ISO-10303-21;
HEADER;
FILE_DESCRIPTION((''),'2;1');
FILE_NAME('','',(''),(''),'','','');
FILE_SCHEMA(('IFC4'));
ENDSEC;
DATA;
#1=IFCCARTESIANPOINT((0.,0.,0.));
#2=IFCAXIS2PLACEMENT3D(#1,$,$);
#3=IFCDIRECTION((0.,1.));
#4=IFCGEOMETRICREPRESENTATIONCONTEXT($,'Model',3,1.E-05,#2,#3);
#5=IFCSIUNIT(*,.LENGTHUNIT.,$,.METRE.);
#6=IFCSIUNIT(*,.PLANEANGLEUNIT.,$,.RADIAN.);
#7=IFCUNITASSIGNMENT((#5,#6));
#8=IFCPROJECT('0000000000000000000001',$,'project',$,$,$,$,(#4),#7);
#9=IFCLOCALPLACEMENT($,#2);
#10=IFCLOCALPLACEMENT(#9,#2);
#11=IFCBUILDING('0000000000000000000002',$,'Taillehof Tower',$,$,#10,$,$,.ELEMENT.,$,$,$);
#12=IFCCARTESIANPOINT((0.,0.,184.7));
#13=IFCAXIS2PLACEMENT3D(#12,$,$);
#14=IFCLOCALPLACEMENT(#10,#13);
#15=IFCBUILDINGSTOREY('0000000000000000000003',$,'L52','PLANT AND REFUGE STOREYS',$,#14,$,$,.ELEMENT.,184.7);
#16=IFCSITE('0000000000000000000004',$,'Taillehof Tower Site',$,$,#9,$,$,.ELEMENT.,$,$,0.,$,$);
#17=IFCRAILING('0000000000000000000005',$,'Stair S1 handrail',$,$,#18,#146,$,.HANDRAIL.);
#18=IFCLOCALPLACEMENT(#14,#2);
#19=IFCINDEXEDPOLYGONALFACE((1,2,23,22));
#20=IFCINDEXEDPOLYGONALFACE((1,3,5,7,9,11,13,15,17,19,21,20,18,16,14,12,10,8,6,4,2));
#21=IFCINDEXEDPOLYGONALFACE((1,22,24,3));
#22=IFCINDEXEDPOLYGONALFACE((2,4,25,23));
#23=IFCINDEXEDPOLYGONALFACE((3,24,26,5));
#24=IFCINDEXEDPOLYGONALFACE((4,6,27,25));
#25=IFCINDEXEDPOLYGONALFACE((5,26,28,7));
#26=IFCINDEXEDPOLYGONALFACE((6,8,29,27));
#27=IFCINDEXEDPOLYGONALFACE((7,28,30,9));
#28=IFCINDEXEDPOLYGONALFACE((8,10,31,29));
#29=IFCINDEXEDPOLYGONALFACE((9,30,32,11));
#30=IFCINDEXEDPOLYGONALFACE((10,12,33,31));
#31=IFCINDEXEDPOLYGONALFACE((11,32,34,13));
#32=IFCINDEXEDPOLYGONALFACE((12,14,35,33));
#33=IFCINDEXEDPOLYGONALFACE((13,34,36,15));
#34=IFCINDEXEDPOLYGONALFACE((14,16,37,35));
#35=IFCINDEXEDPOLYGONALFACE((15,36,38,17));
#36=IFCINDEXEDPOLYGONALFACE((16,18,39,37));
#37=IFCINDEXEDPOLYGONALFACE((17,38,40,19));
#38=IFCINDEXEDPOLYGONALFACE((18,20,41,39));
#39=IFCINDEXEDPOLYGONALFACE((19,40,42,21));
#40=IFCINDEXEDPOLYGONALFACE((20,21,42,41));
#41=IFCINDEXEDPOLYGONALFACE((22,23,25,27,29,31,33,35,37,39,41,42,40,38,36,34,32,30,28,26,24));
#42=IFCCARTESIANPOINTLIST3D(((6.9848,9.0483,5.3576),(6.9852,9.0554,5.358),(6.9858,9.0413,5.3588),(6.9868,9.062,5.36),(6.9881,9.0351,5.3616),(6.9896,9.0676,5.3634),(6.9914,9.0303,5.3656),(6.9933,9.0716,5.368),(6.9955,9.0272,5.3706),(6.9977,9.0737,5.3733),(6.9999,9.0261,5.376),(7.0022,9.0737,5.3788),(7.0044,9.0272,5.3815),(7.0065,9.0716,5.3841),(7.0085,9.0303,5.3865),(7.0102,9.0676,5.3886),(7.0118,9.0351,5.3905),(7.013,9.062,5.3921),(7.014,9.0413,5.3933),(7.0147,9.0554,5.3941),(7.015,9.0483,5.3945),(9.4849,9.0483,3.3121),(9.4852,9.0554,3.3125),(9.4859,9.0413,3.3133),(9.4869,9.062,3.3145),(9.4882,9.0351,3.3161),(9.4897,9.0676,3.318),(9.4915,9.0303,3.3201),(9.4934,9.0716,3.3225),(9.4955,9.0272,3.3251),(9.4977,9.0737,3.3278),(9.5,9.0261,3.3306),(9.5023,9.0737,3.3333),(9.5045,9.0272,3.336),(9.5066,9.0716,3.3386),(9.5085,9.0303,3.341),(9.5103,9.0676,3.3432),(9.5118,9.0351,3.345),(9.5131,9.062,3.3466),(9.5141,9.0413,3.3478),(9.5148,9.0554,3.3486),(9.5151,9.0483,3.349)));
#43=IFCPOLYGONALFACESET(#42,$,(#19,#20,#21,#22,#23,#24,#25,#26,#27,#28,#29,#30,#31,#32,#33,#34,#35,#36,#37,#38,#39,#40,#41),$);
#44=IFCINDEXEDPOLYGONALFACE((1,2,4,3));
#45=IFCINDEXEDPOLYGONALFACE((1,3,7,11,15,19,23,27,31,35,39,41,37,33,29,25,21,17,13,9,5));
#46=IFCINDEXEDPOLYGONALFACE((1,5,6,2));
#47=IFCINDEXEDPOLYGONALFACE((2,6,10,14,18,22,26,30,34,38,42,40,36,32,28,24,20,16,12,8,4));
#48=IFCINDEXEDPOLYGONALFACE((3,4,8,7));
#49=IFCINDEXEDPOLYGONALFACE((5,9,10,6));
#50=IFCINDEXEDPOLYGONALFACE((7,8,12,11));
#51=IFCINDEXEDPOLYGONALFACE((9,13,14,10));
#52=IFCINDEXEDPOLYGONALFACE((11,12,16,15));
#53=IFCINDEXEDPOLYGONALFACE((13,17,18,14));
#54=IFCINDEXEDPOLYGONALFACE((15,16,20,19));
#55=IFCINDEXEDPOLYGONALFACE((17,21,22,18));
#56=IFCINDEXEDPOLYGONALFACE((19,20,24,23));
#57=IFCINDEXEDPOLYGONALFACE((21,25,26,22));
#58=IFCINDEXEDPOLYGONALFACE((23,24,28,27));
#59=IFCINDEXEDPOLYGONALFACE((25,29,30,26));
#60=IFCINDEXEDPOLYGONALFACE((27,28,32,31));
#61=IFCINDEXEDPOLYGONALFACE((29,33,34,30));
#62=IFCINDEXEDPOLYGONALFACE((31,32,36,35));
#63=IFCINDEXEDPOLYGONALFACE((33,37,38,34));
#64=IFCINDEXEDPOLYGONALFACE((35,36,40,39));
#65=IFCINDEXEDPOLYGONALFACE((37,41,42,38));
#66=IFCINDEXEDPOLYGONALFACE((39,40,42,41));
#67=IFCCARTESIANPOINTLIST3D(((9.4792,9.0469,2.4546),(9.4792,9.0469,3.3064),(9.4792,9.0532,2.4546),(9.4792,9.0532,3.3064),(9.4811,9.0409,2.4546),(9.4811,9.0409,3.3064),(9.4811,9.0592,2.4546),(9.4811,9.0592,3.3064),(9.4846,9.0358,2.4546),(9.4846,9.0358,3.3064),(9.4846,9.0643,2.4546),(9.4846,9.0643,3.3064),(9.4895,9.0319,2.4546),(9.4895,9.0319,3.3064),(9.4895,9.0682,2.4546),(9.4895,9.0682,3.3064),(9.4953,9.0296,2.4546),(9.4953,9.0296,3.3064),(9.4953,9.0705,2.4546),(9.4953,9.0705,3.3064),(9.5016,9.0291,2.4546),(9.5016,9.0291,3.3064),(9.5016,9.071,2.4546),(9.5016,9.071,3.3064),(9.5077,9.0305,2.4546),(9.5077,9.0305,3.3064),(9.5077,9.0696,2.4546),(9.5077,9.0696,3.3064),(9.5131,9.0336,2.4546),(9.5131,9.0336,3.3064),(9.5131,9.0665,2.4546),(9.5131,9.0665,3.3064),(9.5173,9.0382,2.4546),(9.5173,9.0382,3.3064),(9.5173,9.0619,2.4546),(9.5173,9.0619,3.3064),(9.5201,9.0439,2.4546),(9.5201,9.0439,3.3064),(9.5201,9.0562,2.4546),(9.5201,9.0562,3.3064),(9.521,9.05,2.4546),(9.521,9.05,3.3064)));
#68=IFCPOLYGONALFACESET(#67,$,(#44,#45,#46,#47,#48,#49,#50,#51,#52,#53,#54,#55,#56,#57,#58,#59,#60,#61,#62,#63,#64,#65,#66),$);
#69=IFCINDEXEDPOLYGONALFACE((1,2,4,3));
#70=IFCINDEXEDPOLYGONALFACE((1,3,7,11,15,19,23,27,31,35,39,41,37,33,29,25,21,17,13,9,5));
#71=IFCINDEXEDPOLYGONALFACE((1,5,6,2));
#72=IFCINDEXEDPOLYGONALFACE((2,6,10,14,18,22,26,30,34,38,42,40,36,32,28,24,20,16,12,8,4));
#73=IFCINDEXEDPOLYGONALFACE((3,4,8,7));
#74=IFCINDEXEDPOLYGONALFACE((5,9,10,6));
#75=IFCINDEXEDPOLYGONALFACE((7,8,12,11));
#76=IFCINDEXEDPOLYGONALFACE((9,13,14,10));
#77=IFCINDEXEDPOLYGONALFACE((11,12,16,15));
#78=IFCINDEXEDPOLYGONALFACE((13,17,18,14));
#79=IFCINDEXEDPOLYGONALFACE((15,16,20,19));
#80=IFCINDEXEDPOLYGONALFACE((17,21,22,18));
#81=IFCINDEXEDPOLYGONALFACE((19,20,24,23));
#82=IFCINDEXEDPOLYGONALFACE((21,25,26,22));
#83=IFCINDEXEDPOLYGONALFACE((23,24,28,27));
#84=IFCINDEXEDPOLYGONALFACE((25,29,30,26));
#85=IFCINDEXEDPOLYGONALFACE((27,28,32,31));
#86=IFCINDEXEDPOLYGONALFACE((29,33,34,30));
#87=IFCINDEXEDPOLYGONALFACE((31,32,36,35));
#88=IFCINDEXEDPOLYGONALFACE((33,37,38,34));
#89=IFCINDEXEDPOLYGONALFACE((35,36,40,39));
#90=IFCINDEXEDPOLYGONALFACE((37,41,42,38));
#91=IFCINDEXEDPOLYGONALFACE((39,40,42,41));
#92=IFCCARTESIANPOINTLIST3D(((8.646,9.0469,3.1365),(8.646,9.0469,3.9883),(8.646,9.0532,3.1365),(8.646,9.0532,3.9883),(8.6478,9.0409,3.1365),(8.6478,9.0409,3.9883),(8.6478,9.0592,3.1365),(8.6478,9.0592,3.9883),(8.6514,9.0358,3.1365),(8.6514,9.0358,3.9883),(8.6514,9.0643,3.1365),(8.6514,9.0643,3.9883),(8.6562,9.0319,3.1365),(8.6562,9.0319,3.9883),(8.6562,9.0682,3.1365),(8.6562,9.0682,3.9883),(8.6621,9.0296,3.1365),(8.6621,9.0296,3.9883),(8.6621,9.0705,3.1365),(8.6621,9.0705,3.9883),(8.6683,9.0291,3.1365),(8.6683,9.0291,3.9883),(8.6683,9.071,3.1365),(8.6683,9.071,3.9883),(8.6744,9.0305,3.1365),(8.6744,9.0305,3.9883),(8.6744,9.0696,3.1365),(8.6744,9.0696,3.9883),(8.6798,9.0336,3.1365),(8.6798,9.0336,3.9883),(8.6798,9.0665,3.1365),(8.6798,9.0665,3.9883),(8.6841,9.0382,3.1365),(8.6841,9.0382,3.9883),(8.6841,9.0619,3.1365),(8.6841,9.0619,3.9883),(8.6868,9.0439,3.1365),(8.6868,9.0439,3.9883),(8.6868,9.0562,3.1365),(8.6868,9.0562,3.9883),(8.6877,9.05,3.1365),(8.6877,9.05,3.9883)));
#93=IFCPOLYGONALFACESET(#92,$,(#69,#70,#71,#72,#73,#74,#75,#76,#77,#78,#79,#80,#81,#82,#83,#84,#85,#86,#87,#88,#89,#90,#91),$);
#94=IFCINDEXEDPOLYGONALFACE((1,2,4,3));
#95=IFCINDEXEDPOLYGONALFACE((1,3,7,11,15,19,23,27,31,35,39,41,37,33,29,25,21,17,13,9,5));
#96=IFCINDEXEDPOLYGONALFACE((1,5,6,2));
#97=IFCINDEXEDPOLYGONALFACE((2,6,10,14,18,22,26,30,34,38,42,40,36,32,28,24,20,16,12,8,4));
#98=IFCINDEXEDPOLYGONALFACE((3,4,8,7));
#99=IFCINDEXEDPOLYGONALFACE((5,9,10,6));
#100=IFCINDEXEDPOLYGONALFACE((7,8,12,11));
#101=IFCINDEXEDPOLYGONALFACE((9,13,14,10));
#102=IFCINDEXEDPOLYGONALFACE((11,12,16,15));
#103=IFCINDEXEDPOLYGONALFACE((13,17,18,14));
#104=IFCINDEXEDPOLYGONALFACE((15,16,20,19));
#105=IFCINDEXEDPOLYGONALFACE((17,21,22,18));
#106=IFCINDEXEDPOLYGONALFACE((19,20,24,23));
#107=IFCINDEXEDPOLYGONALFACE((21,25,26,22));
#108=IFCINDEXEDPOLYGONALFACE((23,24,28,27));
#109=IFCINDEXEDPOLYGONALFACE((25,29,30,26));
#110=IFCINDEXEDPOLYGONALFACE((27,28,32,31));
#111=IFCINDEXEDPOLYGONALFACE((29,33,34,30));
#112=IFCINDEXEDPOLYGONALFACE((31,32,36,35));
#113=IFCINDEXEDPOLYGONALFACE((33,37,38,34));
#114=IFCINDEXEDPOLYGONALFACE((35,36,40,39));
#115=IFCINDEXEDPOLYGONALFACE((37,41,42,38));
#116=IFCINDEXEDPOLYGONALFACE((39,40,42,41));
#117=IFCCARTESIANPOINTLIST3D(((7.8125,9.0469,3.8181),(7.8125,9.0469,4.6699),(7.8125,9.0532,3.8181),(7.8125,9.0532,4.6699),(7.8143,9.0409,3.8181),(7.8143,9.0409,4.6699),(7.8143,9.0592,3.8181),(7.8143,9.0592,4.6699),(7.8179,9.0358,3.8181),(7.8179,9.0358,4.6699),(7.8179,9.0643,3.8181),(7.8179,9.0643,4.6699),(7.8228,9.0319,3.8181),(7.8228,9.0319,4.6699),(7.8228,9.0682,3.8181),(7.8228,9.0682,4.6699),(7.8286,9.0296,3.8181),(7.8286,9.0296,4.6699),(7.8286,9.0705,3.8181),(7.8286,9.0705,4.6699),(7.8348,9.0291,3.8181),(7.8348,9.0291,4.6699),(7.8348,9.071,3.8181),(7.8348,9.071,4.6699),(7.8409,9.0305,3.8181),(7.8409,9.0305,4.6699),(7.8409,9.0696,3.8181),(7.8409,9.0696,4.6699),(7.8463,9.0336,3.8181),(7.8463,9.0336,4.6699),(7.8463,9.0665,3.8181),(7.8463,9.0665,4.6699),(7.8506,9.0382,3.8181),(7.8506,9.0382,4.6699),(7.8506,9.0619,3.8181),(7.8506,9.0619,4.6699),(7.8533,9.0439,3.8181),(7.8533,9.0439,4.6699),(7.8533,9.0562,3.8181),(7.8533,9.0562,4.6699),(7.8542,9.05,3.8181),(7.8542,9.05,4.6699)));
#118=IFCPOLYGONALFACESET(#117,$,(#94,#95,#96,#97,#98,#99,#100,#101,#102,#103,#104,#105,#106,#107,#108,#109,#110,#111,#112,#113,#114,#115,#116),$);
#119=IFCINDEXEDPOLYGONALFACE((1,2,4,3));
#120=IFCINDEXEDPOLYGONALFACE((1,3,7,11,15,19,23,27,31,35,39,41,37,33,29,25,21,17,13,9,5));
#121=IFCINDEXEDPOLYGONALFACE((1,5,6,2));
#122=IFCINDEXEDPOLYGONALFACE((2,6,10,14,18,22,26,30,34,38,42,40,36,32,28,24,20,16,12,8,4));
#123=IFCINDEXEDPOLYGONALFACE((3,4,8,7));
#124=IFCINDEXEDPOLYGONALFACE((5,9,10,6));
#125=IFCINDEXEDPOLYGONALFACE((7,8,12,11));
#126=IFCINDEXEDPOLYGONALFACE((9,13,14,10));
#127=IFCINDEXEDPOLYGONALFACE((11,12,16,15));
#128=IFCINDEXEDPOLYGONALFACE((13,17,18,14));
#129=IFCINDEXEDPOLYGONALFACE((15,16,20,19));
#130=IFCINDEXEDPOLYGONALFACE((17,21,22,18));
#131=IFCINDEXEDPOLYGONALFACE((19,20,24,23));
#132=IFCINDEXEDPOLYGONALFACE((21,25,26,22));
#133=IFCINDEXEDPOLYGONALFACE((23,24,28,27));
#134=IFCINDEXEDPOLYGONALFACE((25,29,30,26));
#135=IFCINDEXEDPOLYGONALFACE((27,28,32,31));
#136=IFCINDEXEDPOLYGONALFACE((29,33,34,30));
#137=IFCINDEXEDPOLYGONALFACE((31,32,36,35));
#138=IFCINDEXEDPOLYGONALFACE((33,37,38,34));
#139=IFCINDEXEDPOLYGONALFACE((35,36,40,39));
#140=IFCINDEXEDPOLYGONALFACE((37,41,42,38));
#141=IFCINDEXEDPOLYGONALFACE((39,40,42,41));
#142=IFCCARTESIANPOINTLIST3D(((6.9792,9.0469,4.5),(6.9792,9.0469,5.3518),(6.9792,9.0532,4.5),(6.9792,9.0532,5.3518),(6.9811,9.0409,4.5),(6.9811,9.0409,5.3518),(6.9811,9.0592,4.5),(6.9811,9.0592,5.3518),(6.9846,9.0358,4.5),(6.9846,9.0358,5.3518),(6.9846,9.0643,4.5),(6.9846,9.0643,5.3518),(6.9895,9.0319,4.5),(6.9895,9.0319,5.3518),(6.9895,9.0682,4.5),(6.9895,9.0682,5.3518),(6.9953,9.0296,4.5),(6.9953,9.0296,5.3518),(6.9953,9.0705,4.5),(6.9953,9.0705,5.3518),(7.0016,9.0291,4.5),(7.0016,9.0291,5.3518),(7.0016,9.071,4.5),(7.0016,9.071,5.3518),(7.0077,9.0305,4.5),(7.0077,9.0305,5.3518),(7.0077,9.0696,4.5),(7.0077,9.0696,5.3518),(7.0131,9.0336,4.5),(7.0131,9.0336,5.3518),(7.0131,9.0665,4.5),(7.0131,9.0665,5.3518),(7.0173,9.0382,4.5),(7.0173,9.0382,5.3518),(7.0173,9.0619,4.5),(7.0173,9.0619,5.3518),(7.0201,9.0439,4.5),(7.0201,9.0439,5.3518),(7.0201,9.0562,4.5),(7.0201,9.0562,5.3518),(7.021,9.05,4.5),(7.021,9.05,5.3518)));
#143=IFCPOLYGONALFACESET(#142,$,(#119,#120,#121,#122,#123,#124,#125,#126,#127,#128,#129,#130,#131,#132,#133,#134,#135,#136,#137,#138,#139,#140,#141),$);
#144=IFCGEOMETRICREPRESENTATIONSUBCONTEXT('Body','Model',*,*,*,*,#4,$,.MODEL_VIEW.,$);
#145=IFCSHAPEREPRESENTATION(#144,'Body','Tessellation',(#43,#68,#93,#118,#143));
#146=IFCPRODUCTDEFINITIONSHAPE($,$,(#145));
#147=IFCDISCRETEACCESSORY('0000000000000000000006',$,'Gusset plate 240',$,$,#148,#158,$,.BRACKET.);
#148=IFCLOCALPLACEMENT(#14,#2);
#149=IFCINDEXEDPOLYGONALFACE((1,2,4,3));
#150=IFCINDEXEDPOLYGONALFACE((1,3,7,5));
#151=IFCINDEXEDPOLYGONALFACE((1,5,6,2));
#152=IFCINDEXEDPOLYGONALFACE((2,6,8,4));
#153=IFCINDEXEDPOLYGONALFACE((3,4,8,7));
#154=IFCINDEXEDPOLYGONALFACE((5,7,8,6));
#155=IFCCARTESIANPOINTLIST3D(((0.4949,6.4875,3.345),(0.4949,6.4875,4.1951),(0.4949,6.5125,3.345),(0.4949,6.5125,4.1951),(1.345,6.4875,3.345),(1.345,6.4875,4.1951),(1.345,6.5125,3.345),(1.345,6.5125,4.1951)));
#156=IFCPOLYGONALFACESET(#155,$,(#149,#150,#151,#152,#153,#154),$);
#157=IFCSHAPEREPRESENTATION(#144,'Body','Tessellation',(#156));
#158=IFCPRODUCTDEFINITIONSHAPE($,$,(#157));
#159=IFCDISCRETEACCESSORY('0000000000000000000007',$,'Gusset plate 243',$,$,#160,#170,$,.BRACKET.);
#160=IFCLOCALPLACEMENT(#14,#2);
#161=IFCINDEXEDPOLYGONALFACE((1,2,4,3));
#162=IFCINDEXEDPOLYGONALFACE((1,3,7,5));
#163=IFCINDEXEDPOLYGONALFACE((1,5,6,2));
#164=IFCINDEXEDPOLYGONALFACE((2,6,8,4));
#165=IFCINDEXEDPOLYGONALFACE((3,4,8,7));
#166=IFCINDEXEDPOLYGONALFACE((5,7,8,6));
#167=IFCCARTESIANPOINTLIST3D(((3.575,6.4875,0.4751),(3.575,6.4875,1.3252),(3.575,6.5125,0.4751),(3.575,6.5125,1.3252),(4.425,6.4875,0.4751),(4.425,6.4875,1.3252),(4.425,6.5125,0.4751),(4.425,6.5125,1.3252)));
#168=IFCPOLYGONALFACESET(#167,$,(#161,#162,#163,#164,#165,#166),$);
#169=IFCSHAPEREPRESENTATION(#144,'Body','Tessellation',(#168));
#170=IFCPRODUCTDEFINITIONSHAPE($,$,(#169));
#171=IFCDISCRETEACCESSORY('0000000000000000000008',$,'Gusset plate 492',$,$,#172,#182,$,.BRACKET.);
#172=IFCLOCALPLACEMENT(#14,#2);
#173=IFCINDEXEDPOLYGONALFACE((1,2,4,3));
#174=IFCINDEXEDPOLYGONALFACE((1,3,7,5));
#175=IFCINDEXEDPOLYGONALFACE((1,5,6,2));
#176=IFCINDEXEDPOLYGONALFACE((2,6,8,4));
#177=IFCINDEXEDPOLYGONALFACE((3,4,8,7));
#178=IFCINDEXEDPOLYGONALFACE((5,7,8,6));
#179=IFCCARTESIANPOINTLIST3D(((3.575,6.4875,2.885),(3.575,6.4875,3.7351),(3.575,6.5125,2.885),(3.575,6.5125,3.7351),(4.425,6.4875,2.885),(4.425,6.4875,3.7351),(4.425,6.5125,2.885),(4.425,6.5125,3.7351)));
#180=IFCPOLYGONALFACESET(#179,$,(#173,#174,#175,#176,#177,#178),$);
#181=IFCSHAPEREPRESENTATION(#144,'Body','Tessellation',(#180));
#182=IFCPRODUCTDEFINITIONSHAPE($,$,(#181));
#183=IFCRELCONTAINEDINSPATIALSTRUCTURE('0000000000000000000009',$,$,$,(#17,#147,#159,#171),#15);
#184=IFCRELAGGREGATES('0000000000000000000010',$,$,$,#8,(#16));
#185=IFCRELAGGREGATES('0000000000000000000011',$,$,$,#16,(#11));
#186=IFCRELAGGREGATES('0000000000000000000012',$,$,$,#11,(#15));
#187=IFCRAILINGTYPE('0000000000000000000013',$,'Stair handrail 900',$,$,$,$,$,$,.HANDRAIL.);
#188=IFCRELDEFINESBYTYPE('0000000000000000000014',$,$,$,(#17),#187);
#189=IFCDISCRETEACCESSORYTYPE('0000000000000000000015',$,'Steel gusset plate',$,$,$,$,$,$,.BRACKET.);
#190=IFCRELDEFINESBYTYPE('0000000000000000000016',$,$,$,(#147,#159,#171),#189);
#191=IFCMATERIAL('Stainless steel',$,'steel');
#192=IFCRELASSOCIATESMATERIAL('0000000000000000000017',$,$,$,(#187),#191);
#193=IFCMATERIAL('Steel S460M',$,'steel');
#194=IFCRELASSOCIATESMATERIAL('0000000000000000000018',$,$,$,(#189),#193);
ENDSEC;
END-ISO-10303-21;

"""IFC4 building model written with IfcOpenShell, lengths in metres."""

from ifc_helpers import new_model, si_unit, direction, frame, origin, origin_2d, place, context, subcontext, project, spatial, rectangle, circle, extrude, material, type_object, element, save


model = new_model("IFC4")

# Units and contexts
model_context = context("Model", 3, precision=1e-05, world=origin(), true_north=direction((0.0, 1.0)))
body_context = subcontext(model_context, "Body", "Model", "MODEL_VIEW")
ifc_project = project(units=[si_unit("LENGTHUNIT", "METRE"), si_unit("PLANEANGLEUNIT", "RADIAN")], contexts=[model_context])

# Site, building, storey
site_placement = place(None, origin())
site = spatial("IfcSite", under=ifc_project, at=site_placement, Name="Taillehof Tower Site", CompositionType="ELEMENT", RefElevation=0.0)
building_placement = place(site_placement, origin())
building = spatial("IfcBuilding", under=site, at=building_placement, Name="Taillehof Tower", CompositionType="ELEMENT")
storey_placement = place(building_placement, frame((0.0, 0.0, 184.7)))
storey = spatial("IfcBuildingStorey", under=building, at=storey_placement, Name="L52", Description="PLANT AND REFUGE STOREYS", CompositionType="ELEMENT", Elevation=184.7)

# Railing
ifc_material_1 = material(Name="Stainless steel", Category="steel")
railing_type = type_object("IfcRailingType", Name="Stair handrail 900", PredefinedType="HANDRAIL", material=ifc_material_1)
railing_placement = place(storey_placement, frame((9.5, 9.05, 2.4546)))
element("IfcRailing", 1, at=railing_placement, inside=storey, type_object=railing_type, Name="Stair S1 handrail", PredefinedType="HANDRAIL", context=body_context, shape_type="SweptSolid", body=[
    extrude(circle(Radius=0.0239, at=origin_2d()), frame((0.0, 0.0, 0.876), z_axis=(-0.773964, 0.0, 0.63323), x_axis=(0.0, -1.0, 0.0)), (0.0, 0.0, 1.0), 3.2302),
    extrude(circle(Radius=0.021, at=origin_2d()), origin(), (0.0, 0.0, 1.0), 0.8518),
    extrude(circle(Radius=0.021, at=origin_2d()), frame((-0.8333, 0.0, 0.6819)), (0.0, 0.0, 1.0), 0.8518),
    extrude(circle(Radius=0.021, at=origin_2d()), frame((-1.6667, 0.0, 1.3635)), (0.0, 0.0, 1.0), 0.8518),
    extrude(circle(Radius=0.021, at=origin_2d()), frame((-2.5, 0.0, 2.0454)), (0.0, 0.0, 1.0), 0.8518),
])

# Discrete accessories
ifc_material_2 = material(Name="Steel S460M", Category="steel")
discrete_accessory_type = type_object("IfcDiscreteAccessoryType", Name="Steel gusset plate", PredefinedType="BRACKET", material=ifc_material_2)
for number, where, z_axis, x_axis, name in (
    (2, (0.9199, 6.5, 3.345), (0.0, 0.0, 1.0), (-1.0, 0.0, 0.0), "Gusset plate 240"),
    (3, (4.0, 6.5, 0.4751), (0.0, 0.0, 1.0), (-1.0, 0.0, 0.0), "Gusset plate 243"),
    (4, (4.0, 6.5, 2.885), (0.0, 0.0, 1.0), (1.0, 0.0, 0.0), "Gusset plate 492"),
):
    element("IfcDiscreteAccessory", number, at=place(storey_placement, frame(where, z_axis=z_axis, x_axis=x_axis)), inside=storey, type_object=discrete_accessory_type, Name=name, PredefinedType="BRACKET", context=body_context, shape_type="SweptSolid", body=[
        extrude(rectangle(XDim=0.8501, YDim=0.0249, at=origin_2d()), origin(), (0.0, 0.0, 1.0), 0.8501),
    ])

save(model, "model.ifc")
